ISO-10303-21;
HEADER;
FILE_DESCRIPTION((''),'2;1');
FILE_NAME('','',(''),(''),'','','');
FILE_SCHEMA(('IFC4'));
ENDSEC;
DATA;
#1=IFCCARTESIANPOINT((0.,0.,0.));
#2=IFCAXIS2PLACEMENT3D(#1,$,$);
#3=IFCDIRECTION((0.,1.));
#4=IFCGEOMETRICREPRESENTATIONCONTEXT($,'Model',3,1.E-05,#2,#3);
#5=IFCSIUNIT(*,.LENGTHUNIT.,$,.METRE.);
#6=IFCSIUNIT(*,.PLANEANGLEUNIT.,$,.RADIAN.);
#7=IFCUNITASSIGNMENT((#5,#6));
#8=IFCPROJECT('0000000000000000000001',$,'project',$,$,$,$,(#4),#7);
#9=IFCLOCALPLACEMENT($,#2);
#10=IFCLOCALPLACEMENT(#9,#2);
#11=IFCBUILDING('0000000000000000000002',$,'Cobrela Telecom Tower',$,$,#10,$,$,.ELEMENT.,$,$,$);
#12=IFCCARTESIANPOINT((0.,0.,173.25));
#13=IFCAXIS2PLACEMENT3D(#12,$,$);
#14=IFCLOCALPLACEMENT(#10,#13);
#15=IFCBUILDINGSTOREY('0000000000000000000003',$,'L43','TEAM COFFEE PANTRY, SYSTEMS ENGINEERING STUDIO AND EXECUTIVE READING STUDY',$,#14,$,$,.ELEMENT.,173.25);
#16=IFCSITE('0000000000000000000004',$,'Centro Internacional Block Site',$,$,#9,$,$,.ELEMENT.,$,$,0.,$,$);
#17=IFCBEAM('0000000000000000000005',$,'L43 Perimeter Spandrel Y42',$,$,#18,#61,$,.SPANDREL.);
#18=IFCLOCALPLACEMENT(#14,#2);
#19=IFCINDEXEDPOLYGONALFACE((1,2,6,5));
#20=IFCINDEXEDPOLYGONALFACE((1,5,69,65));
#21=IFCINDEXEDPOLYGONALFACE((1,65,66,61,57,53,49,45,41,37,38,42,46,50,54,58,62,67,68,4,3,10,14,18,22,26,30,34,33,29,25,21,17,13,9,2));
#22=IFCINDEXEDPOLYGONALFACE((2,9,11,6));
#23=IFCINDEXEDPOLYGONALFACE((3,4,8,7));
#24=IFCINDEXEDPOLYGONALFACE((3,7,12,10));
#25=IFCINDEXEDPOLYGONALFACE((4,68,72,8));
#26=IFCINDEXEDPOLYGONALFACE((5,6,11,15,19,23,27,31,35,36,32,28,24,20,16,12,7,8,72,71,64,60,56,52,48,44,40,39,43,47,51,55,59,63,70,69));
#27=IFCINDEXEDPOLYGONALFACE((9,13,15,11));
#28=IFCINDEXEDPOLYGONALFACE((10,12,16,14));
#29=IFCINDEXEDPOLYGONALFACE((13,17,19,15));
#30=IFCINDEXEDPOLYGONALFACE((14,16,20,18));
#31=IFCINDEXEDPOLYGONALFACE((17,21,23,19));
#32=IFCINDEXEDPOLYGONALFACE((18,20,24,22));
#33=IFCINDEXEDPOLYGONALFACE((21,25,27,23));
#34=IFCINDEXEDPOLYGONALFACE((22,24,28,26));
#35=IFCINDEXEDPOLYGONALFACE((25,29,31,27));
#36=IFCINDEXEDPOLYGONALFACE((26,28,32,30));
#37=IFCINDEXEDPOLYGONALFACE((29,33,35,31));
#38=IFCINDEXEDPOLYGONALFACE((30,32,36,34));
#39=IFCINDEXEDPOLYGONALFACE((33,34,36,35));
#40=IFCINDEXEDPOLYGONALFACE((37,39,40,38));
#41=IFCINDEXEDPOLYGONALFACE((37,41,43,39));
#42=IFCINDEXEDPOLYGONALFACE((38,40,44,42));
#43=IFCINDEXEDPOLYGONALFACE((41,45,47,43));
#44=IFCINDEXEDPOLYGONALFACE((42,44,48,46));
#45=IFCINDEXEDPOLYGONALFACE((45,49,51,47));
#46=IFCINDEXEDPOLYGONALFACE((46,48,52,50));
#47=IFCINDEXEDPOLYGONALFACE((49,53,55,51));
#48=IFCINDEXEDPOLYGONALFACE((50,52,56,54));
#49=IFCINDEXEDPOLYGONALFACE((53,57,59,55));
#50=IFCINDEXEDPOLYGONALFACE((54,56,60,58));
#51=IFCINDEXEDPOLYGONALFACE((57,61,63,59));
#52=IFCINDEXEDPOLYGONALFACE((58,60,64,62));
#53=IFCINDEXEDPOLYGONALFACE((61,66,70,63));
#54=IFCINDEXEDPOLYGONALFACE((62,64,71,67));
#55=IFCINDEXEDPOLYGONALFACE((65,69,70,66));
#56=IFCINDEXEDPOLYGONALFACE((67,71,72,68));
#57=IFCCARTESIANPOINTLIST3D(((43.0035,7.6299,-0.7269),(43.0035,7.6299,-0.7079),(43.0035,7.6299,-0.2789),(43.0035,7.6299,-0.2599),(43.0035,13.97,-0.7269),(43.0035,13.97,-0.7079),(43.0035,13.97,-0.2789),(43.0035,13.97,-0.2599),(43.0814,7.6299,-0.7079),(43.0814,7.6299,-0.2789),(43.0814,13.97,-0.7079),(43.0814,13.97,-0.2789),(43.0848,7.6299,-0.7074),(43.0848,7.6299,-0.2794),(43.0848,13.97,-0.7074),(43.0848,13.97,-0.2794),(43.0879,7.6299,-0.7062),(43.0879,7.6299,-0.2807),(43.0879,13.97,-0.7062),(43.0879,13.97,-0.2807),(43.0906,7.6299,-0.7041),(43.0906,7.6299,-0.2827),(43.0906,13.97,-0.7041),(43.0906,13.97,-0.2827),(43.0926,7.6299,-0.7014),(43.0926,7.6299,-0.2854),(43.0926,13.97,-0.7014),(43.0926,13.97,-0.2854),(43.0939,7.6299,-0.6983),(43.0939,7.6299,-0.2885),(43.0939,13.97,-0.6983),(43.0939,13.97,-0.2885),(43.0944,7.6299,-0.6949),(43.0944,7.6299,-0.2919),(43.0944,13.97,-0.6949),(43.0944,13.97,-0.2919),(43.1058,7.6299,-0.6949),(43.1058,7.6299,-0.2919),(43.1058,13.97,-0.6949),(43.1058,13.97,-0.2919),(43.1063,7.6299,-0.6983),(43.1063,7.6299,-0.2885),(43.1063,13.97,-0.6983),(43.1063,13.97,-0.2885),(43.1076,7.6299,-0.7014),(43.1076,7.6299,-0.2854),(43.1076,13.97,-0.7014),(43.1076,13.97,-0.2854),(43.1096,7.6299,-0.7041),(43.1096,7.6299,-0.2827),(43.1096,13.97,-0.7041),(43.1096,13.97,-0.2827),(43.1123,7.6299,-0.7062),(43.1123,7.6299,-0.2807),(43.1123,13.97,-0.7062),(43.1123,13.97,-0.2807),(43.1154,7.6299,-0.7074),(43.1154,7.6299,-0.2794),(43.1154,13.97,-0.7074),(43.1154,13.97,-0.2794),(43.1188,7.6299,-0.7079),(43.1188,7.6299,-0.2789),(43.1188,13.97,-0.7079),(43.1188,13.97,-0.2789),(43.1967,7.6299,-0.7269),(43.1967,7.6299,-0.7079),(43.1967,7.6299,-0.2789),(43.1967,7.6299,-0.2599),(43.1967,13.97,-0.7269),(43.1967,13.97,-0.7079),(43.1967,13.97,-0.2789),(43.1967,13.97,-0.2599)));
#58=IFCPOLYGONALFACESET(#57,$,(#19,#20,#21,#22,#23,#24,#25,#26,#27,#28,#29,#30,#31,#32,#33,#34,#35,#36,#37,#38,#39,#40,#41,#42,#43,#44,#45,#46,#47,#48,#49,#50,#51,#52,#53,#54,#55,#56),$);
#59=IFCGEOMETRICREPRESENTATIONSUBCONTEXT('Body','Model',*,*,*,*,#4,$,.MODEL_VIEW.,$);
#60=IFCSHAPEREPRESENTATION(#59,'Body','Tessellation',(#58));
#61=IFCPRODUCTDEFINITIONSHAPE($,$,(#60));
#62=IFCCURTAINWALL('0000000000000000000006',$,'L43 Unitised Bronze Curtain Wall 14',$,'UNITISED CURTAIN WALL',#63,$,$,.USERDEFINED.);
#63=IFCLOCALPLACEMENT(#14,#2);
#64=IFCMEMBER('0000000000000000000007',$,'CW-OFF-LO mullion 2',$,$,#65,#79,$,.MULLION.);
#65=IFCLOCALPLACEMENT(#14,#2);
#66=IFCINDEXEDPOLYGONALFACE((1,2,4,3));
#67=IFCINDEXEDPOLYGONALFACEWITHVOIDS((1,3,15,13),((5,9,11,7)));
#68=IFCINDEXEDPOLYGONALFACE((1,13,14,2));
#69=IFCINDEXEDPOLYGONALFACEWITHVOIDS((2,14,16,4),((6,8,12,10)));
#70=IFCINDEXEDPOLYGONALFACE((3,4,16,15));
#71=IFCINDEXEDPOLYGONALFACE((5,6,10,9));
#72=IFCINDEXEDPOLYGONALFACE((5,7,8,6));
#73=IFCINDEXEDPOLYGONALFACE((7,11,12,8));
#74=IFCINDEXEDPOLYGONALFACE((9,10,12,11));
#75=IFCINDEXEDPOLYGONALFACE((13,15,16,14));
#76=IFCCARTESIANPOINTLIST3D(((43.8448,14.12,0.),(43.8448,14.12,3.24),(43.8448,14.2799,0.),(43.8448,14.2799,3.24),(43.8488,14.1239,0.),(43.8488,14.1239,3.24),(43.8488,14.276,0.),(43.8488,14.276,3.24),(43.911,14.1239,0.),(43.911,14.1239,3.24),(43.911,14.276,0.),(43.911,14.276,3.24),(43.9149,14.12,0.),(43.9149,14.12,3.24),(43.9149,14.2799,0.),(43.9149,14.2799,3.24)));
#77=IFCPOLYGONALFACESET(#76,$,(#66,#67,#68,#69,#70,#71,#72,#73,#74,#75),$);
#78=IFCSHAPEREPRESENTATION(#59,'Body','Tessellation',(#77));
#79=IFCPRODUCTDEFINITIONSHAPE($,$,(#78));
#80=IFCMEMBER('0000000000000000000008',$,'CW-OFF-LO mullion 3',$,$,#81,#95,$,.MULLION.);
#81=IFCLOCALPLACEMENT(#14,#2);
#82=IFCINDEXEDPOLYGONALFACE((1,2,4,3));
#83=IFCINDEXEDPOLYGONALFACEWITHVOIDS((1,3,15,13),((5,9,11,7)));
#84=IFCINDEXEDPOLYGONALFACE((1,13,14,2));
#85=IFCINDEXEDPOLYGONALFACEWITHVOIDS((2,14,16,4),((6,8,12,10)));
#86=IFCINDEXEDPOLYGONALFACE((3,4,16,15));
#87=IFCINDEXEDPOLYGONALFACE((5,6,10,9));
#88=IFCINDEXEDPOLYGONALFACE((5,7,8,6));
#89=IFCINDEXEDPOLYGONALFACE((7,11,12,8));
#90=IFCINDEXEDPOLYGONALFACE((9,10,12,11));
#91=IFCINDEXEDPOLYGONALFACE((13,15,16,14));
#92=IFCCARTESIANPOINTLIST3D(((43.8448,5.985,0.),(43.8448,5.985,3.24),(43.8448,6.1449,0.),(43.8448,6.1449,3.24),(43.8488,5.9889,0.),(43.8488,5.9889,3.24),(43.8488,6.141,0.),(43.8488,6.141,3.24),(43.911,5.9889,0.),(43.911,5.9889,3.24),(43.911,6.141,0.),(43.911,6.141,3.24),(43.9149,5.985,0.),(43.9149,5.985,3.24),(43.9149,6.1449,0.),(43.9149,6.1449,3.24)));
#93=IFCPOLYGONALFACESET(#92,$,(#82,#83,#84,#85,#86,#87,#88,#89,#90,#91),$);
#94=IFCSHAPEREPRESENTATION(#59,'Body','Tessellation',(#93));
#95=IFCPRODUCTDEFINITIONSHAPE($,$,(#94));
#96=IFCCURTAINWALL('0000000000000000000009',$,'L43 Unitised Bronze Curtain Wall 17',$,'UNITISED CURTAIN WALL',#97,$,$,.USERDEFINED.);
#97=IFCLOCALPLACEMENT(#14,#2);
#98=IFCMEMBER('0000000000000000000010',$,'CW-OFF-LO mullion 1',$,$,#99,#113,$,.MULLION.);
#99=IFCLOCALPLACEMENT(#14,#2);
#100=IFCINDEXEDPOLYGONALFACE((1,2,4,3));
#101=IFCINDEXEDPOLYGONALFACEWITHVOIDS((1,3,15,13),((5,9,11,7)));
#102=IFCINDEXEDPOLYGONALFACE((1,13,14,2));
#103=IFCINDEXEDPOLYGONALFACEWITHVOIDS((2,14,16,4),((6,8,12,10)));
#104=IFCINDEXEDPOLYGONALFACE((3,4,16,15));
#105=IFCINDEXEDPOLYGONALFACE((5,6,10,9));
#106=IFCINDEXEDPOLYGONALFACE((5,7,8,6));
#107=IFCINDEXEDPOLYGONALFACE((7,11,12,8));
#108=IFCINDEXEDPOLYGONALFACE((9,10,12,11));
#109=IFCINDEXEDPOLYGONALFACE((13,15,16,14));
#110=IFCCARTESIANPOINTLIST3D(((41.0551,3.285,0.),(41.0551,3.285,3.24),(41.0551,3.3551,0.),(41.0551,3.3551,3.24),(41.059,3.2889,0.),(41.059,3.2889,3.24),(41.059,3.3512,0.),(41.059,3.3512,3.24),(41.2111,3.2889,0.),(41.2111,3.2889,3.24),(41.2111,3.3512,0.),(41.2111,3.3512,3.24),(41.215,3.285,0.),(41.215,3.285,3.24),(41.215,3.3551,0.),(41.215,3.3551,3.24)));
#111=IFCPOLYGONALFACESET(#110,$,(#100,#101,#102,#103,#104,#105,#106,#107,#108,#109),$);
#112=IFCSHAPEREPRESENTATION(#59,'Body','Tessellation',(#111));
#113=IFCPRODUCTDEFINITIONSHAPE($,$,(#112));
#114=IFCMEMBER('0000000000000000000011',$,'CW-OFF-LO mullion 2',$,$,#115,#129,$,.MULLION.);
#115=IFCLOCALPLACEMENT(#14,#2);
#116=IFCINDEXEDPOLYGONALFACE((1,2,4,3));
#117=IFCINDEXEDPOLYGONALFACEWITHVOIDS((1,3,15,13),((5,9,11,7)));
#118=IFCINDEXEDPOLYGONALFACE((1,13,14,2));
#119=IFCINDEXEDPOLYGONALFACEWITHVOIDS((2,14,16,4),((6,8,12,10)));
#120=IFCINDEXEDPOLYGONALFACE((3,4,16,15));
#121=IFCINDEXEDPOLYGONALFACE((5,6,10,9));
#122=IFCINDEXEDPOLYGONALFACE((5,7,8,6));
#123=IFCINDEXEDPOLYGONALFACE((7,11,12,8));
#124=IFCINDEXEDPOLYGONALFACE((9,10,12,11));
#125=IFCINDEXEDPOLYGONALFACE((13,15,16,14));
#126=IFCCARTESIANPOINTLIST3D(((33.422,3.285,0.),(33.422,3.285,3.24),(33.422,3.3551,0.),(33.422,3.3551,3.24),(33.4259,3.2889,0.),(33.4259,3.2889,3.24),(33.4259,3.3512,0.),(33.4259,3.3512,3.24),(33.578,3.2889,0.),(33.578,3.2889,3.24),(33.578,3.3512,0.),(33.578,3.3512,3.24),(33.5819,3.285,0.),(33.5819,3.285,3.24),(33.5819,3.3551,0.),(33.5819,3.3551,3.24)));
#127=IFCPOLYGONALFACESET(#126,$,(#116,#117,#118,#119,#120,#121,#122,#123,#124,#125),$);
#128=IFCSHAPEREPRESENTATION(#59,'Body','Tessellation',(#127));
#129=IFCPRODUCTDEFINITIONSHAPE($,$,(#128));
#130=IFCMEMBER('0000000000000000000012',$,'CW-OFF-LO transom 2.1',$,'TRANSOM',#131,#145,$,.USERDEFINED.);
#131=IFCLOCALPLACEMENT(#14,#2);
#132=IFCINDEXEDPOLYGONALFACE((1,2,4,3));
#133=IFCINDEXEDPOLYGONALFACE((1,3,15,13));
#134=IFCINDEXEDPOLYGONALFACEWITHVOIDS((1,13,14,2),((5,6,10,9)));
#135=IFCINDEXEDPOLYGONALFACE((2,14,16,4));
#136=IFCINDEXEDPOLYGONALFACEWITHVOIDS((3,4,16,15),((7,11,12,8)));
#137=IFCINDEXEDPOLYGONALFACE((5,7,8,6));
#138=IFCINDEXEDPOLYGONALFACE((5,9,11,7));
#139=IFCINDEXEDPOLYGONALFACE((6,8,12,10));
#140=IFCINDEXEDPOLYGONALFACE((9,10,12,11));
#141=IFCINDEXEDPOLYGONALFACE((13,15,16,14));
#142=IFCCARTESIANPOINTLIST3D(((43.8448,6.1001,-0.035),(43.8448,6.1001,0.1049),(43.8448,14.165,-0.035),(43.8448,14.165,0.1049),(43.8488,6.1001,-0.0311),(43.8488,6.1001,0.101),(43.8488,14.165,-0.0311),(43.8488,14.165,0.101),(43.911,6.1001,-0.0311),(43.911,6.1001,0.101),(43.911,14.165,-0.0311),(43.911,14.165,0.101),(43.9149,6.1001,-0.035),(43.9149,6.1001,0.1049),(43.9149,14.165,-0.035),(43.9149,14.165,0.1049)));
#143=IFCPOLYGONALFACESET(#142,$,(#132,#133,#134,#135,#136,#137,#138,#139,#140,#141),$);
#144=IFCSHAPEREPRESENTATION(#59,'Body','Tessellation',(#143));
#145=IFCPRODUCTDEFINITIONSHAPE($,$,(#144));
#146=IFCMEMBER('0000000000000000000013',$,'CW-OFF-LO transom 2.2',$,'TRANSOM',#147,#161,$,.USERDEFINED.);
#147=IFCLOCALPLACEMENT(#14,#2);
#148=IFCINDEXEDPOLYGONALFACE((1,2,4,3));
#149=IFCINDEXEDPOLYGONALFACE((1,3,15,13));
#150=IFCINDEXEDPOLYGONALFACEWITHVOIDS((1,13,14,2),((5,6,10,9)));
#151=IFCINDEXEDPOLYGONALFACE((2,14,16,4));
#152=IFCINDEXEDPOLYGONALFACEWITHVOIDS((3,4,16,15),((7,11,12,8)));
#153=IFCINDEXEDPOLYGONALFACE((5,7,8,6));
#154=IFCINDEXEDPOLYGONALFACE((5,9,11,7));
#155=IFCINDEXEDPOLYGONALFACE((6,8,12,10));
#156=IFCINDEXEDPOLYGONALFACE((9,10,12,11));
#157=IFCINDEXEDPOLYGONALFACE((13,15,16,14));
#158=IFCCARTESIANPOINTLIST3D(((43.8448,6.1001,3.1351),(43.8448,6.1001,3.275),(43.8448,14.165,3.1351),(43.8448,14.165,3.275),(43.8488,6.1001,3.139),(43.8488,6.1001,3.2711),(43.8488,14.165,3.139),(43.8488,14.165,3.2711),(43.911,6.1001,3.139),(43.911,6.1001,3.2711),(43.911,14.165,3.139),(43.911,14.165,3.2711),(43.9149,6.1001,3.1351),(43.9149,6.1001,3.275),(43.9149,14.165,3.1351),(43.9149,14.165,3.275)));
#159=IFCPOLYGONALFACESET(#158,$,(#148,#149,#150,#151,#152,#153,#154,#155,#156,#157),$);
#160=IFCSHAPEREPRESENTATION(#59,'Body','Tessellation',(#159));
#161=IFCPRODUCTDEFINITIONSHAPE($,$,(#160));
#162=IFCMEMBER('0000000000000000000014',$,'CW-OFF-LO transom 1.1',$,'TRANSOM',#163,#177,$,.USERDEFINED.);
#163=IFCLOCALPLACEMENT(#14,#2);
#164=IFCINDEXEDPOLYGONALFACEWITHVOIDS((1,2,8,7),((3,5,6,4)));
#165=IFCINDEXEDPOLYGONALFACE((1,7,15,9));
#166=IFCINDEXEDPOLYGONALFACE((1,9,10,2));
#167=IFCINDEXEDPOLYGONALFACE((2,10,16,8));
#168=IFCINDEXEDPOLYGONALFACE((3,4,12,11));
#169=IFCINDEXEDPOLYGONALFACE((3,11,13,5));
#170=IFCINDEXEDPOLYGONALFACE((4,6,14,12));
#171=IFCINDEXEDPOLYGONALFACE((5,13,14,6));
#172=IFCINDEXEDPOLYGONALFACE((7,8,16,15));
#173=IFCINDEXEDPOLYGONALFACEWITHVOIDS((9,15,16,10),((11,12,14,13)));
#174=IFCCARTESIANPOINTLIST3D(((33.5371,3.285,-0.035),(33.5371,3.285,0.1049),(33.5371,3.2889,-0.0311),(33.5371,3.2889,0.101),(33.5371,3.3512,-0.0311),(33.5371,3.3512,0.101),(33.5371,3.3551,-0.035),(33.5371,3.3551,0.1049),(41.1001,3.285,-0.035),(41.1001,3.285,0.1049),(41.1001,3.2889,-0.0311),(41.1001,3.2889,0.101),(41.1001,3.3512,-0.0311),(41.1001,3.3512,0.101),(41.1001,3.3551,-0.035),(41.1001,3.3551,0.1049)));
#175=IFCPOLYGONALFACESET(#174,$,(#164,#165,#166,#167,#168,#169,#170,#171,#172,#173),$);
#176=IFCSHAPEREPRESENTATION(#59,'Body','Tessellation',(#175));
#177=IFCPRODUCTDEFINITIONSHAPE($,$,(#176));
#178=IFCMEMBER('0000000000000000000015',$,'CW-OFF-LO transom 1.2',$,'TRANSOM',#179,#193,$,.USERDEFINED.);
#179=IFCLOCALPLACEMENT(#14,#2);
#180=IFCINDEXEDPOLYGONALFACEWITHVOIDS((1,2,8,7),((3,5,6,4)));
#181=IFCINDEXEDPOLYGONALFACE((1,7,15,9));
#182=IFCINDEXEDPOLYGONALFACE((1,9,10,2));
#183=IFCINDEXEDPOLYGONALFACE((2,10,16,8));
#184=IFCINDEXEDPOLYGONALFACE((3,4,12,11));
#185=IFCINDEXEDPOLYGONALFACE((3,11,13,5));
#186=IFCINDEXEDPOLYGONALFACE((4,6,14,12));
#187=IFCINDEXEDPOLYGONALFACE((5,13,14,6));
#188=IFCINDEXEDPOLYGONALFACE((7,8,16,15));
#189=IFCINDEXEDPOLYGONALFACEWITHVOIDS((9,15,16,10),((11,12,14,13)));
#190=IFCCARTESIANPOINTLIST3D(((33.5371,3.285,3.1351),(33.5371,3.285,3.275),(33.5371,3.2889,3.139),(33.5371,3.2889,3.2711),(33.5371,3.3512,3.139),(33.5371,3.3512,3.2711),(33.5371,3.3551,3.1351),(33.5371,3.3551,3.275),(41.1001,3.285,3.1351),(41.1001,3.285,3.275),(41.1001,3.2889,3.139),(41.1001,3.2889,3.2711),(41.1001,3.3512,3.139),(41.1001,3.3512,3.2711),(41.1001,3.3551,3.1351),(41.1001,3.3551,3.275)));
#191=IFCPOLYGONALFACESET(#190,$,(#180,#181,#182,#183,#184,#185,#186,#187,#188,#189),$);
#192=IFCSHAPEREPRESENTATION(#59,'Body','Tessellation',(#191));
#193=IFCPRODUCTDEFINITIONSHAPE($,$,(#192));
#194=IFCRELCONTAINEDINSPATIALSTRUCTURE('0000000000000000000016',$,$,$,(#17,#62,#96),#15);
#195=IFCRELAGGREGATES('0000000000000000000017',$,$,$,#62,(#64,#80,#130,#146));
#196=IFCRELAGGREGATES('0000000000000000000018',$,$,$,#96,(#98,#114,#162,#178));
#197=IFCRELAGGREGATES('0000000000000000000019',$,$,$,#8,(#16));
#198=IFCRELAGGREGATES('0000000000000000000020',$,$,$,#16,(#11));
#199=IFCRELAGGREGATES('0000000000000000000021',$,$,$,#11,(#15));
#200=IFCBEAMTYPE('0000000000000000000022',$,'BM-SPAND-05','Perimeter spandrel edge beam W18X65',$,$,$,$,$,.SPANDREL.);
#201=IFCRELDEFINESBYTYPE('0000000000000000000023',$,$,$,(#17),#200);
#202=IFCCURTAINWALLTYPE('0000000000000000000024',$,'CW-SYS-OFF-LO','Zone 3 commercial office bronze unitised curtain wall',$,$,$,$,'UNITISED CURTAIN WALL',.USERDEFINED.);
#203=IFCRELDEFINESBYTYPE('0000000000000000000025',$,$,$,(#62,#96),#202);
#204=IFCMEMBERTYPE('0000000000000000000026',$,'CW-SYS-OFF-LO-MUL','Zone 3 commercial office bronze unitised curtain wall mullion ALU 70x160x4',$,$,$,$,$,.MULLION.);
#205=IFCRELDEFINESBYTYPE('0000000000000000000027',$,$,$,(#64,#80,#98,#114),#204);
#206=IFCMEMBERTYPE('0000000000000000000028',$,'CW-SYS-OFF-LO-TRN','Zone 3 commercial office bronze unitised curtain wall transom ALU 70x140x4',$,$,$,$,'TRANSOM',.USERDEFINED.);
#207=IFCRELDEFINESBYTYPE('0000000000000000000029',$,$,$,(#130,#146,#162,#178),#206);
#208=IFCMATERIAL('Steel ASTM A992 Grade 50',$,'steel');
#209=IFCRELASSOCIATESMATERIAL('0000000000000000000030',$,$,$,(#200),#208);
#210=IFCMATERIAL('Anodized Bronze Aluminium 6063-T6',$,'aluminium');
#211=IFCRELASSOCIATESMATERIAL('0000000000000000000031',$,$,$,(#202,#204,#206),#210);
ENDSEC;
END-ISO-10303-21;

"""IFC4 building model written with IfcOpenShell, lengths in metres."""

from ifc_helpers import new_model, si_unit, direction, frame, origin, origin_2d, place, context, subcontext, project, spatial, hollow_rectangle, i_section, extrude, material, material_profile, profile_set, type_object, element, aggregate, save


model = new_model("IFC4")

# Units and contexts
model_context = context("Model", 3, precision=1e-05, world=origin(), true_north=direction((0.0, 1.0)))
body_context = subcontext(model_context, "Body", "Model", "MODEL_VIEW")
ifc_project = project(units=[si_unit("LENGTHUNIT", "METRE"), si_unit("PLANEANGLEUNIT", "RADIAN")], contexts=[model_context])

# Site, building, storey
site_placement = place(None, origin())
site = spatial("IfcSite", under=ifc_project, at=site_placement, Name="Centro Internacional Block Site", CompositionType="ELEMENT", RefElevation=0.0)
building_placement = place(site_placement, origin())
building = spatial("IfcBuilding", under=site, at=building_placement, Name="Cobrela Telecom Tower", CompositionType="ELEMENT")
storey_placement = place(building_placement, frame((0.0, 0.0, 173.25)))
storey = spatial("IfcBuildingStorey", under=building, at=storey_placement, Name="L43", Description="TEAM COFFEE PANTRY, SYSTEMS ENGINEERING STUDIO AND EXECUTIVE READING STUDY", CompositionType="ELEMENT", Elevation=173.25)

# Shared definitions
ifc_material_1 = material(Name="Steel ASTM A992 Grade 50", Category="steel")

# Beam
ifc_material_profile_1 = material_profile(ifc_material_1, i_section(OverallWidth=0.1931, OverallDepth=0.467, WebThickness=0.0115, FlangeThickness=0.019, FilletRadius=0.0129, at=origin_2d()), Name="W18X65")
ifc_profile_set_1 = profile_set([ifc_material_profile_1], Name="Steel ASTM A992 Grade 50")
beam_type_1 = type_object("IfcBeamType", Name="BM-SPAND-05", Description="Perimeter spandrel edge beam W18X65", PredefinedType="SPANDREL", material=ifc_profile_set_1)
for number, where, z_axis, x_axis, name in (
    (1, (43.1001, 7.6299, -0.4934), (0.0, 1.0, 0.0), (-1.0, 0.0, 0.0), "L43 Perimeter Spandrel Y42"),
):
    element("IfcBeam", number, at=place(storey_placement, frame(where, z_axis=z_axis, x_axis=x_axis)), inside=storey, type_object=beam_type_1, Name=name, PredefinedType="SPANDREL", context=body_context, shape_type="SweptSolid", body=[
        extrude(i_section(OverallWidth=0.1931, OverallDepth=0.467, WebThickness=0.0115, FlangeThickness=0.019, FilletRadius=0.0129, at=origin_2d()), origin(), (0.0, 0.0, 1.0), 6.3401),
    ])

# Curtain walls, members
ifc_material_2 = material(Name="Anodized Bronze Aluminium 6063-T6", Category="aluminium")
curtain_wall_type = type_object("IfcCurtainWallType", Name="CW-SYS-OFF-LO", Description="Zone 3 commercial office bronze unitised curtain wall", ElementType="UNITISED CURTAIN WALL", PredefinedType="USERDEFINED", material=ifc_material_2)
curtain_wall_1_placement = place(storey_placement, origin())
curtain_wall_1 = element("IfcCurtainWall", 2, at=curtain_wall_1_placement, inside=storey, type_object=curtain_wall_type, Name="L43 Unitised Bronze Curtain Wall 14", ObjectType="UNITISED CURTAIN WALL", PredefinedType="USERDEFINED")
ifc_material_profile_2 = material_profile(ifc_material_2, hollow_rectangle(XDim=0.0701, YDim=0.1599, WallThickness=0.0039, at=origin_2d()), Name="ALU 70x160x4")
ifc_profile_set_2 = profile_set([ifc_material_profile_2], Name="Anodized Bronze Aluminium 6063-T6")
member_type_1 = type_object("IfcMemberType", Name="CW-SYS-OFF-LO-MUL", Description="Zone 3 commercial office bronze unitised curtain wall mullion ALU 70x160x4", PredefinedType="MULLION", material=ifc_profile_set_2)
member_1_placement = place(storey_placement, frame((43.8799, 14.2, 0.0), z_axis=(0.0, 0.0, 1.0), x_axis=(1.0, 0.0, 0.0)))
member_1 = element("IfcMember", 3, at=member_1_placement, type_object=member_type_1, Name="CW-OFF-LO mullion 2", PredefinedType="MULLION", context=body_context, shape_type="SweptSolid", body=[
    extrude(hollow_rectangle(XDim=0.0701, YDim=0.1599, WallThickness=0.0039, at=origin_2d()), origin(), (0.0, 0.0, 1.0), 3.24),
])
member_2_placement = place(storey_placement, frame((43.8799, 6.0649, 0.0), z_axis=(0.0, 0.0, 1.0), x_axis=(1.0, 0.0, 0.0)))
member_2 = element("IfcMember", 4, at=member_2_placement, type_object=member_type_1, Name="CW-OFF-LO mullion 3", PredefinedType="MULLION", context=body_context, shape_type="SweptSolid", body=[
    extrude(hollow_rectangle(XDim=0.0701, YDim=0.1599, WallThickness=0.0039, at=origin_2d()), origin(), (0.0, 0.0, 1.0), 3.24),
])
curtain_wall_2_placement = place(storey_placement, origin())
curtain_wall_2 = element("IfcCurtainWall", 5, at=curtain_wall_2_placement, inside=storey, type_object=curtain_wall_type, Name="L43 Unitised Bronze Curtain Wall 17", ObjectType="UNITISED CURTAIN WALL", PredefinedType="USERDEFINED")
member_3_placement = place(storey_placement, frame((41.135, 3.3201, 0.0), z_axis=(0.0, 0.0, 1.0), x_axis=(0.0, -1.0, 0.0)))
member_3 = element("IfcMember", 6, at=member_3_placement, type_object=member_type_1, Name="CW-OFF-LO mullion 1", PredefinedType="MULLION", context=body_context, shape_type="SweptSolid", body=[
    extrude(hollow_rectangle(XDim=0.0701, YDim=0.1599, WallThickness=0.0039, at=origin_2d()), origin(), (0.0, 0.0, 1.0), 3.24),
])
member_4_placement = place(storey_placement, frame((33.502, 3.3201, 0.0), z_axis=(0.0, 0.0, 1.0), x_axis=(0.0, -1.0, 0.0)))
member_4 = element("IfcMember", 7, at=member_4_placement, type_object=member_type_1, Name="CW-OFF-LO mullion 2", PredefinedType="MULLION", context=body_context, shape_type="SweptSolid", body=[
    extrude(hollow_rectangle(XDim=0.0701, YDim=0.1599, WallThickness=0.0039, at=origin_2d()), origin(), (0.0, 0.0, 1.0), 3.24),
])

# Members
ifc_material_profile_3 = material_profile(ifc_material_2, hollow_rectangle(XDim=0.0701, YDim=0.1399, WallThickness=0.0039, at=origin_2d()), Name="ALU 70x140x4")
ifc_profile_set_3 = profile_set([ifc_material_profile_3], Name="Anodized Bronze Aluminium 6063-T6")
member_type_2 = type_object("IfcMemberType", Name="CW-SYS-OFF-LO-TRN", Description="Zone 3 commercial office bronze unitised curtain wall transom ALU 70x140x4", ElementType="TRANSOM", PredefinedType="USERDEFINED", material=ifc_profile_set_3)
member_5_placement = place(storey_placement, frame((43.8799, 14.165, 0.0349), z_axis=(0.0, -1.0, 0.0), x_axis=(1.0, 0.0, 0.0)))
member_5 = element("IfcMember", 8, at=member_5_placement, type_object=member_type_2, Name="CW-OFF-LO transom 2.1", ObjectType="TRANSOM", PredefinedType="USERDEFINED", context=body_context, shape_type="SweptSolid", body=[
    extrude(hollow_rectangle(XDim=0.0701, YDim=0.1399, WallThickness=0.0039, at=origin_2d()), origin(), (0.0, 0.0, 1.0), 8.0649),
])
member_6_placement = place(storey_placement, frame((43.8799, 14.165, 3.2051), z_axis=(0.0, -1.0, 0.0), x_axis=(1.0, 0.0, 0.0)))
member_6 = element("IfcMember", 9, at=member_6_placement, type_object=member_type_2, Name="CW-OFF-LO transom 2.2", ObjectType="TRANSOM", PredefinedType="USERDEFINED", context=body_context, shape_type="SweptSolid", body=[
    extrude(hollow_rectangle(XDim=0.0701, YDim=0.1399, WallThickness=0.0039, at=origin_2d()), origin(), (0.0, 0.0, 1.0), 8.0649),
])
member_7_placement = place(storey_placement, frame((41.1001, 3.3201, 0.0349), z_axis=(-1.0, 0.0, 0.0), x_axis=(0.0, -1.0, 0.0)))
member_7 = element("IfcMember", 10, at=member_7_placement, type_object=member_type_2, Name="CW-OFF-LO transom 1.1", ObjectType="TRANSOM", PredefinedType="USERDEFINED", context=body_context, shape_type="SweptSolid", body=[
    extrude(hollow_rectangle(XDim=0.0701, YDim=0.1399, WallThickness=0.0039, at=origin_2d()), origin(), (0.0, 0.0, 1.0), 7.563),
])
member_8_placement = place(storey_placement, frame((41.1001, 3.3201, 3.2051), z_axis=(-1.0, 0.0, 0.0), x_axis=(0.0, -1.0, 0.0)))
member_8 = element("IfcMember", 11, at=member_8_placement, type_object=member_type_2, Name="CW-OFF-LO transom 1.2", ObjectType="TRANSOM", PredefinedType="USERDEFINED", context=body_context, shape_type="SweptSolid", body=[
    extrude(hollow_rectangle(XDim=0.0701, YDim=0.1399, WallThickness=0.0039, at=origin_2d()), origin(), (0.0, 0.0, 1.0), 7.563),
])

aggregate(curtain_wall_1, [member_1, member_2, member_5, member_6])
aggregate(curtain_wall_2, [member_3, member_4, member_7, member_8])

save(model, "model.ifc")
